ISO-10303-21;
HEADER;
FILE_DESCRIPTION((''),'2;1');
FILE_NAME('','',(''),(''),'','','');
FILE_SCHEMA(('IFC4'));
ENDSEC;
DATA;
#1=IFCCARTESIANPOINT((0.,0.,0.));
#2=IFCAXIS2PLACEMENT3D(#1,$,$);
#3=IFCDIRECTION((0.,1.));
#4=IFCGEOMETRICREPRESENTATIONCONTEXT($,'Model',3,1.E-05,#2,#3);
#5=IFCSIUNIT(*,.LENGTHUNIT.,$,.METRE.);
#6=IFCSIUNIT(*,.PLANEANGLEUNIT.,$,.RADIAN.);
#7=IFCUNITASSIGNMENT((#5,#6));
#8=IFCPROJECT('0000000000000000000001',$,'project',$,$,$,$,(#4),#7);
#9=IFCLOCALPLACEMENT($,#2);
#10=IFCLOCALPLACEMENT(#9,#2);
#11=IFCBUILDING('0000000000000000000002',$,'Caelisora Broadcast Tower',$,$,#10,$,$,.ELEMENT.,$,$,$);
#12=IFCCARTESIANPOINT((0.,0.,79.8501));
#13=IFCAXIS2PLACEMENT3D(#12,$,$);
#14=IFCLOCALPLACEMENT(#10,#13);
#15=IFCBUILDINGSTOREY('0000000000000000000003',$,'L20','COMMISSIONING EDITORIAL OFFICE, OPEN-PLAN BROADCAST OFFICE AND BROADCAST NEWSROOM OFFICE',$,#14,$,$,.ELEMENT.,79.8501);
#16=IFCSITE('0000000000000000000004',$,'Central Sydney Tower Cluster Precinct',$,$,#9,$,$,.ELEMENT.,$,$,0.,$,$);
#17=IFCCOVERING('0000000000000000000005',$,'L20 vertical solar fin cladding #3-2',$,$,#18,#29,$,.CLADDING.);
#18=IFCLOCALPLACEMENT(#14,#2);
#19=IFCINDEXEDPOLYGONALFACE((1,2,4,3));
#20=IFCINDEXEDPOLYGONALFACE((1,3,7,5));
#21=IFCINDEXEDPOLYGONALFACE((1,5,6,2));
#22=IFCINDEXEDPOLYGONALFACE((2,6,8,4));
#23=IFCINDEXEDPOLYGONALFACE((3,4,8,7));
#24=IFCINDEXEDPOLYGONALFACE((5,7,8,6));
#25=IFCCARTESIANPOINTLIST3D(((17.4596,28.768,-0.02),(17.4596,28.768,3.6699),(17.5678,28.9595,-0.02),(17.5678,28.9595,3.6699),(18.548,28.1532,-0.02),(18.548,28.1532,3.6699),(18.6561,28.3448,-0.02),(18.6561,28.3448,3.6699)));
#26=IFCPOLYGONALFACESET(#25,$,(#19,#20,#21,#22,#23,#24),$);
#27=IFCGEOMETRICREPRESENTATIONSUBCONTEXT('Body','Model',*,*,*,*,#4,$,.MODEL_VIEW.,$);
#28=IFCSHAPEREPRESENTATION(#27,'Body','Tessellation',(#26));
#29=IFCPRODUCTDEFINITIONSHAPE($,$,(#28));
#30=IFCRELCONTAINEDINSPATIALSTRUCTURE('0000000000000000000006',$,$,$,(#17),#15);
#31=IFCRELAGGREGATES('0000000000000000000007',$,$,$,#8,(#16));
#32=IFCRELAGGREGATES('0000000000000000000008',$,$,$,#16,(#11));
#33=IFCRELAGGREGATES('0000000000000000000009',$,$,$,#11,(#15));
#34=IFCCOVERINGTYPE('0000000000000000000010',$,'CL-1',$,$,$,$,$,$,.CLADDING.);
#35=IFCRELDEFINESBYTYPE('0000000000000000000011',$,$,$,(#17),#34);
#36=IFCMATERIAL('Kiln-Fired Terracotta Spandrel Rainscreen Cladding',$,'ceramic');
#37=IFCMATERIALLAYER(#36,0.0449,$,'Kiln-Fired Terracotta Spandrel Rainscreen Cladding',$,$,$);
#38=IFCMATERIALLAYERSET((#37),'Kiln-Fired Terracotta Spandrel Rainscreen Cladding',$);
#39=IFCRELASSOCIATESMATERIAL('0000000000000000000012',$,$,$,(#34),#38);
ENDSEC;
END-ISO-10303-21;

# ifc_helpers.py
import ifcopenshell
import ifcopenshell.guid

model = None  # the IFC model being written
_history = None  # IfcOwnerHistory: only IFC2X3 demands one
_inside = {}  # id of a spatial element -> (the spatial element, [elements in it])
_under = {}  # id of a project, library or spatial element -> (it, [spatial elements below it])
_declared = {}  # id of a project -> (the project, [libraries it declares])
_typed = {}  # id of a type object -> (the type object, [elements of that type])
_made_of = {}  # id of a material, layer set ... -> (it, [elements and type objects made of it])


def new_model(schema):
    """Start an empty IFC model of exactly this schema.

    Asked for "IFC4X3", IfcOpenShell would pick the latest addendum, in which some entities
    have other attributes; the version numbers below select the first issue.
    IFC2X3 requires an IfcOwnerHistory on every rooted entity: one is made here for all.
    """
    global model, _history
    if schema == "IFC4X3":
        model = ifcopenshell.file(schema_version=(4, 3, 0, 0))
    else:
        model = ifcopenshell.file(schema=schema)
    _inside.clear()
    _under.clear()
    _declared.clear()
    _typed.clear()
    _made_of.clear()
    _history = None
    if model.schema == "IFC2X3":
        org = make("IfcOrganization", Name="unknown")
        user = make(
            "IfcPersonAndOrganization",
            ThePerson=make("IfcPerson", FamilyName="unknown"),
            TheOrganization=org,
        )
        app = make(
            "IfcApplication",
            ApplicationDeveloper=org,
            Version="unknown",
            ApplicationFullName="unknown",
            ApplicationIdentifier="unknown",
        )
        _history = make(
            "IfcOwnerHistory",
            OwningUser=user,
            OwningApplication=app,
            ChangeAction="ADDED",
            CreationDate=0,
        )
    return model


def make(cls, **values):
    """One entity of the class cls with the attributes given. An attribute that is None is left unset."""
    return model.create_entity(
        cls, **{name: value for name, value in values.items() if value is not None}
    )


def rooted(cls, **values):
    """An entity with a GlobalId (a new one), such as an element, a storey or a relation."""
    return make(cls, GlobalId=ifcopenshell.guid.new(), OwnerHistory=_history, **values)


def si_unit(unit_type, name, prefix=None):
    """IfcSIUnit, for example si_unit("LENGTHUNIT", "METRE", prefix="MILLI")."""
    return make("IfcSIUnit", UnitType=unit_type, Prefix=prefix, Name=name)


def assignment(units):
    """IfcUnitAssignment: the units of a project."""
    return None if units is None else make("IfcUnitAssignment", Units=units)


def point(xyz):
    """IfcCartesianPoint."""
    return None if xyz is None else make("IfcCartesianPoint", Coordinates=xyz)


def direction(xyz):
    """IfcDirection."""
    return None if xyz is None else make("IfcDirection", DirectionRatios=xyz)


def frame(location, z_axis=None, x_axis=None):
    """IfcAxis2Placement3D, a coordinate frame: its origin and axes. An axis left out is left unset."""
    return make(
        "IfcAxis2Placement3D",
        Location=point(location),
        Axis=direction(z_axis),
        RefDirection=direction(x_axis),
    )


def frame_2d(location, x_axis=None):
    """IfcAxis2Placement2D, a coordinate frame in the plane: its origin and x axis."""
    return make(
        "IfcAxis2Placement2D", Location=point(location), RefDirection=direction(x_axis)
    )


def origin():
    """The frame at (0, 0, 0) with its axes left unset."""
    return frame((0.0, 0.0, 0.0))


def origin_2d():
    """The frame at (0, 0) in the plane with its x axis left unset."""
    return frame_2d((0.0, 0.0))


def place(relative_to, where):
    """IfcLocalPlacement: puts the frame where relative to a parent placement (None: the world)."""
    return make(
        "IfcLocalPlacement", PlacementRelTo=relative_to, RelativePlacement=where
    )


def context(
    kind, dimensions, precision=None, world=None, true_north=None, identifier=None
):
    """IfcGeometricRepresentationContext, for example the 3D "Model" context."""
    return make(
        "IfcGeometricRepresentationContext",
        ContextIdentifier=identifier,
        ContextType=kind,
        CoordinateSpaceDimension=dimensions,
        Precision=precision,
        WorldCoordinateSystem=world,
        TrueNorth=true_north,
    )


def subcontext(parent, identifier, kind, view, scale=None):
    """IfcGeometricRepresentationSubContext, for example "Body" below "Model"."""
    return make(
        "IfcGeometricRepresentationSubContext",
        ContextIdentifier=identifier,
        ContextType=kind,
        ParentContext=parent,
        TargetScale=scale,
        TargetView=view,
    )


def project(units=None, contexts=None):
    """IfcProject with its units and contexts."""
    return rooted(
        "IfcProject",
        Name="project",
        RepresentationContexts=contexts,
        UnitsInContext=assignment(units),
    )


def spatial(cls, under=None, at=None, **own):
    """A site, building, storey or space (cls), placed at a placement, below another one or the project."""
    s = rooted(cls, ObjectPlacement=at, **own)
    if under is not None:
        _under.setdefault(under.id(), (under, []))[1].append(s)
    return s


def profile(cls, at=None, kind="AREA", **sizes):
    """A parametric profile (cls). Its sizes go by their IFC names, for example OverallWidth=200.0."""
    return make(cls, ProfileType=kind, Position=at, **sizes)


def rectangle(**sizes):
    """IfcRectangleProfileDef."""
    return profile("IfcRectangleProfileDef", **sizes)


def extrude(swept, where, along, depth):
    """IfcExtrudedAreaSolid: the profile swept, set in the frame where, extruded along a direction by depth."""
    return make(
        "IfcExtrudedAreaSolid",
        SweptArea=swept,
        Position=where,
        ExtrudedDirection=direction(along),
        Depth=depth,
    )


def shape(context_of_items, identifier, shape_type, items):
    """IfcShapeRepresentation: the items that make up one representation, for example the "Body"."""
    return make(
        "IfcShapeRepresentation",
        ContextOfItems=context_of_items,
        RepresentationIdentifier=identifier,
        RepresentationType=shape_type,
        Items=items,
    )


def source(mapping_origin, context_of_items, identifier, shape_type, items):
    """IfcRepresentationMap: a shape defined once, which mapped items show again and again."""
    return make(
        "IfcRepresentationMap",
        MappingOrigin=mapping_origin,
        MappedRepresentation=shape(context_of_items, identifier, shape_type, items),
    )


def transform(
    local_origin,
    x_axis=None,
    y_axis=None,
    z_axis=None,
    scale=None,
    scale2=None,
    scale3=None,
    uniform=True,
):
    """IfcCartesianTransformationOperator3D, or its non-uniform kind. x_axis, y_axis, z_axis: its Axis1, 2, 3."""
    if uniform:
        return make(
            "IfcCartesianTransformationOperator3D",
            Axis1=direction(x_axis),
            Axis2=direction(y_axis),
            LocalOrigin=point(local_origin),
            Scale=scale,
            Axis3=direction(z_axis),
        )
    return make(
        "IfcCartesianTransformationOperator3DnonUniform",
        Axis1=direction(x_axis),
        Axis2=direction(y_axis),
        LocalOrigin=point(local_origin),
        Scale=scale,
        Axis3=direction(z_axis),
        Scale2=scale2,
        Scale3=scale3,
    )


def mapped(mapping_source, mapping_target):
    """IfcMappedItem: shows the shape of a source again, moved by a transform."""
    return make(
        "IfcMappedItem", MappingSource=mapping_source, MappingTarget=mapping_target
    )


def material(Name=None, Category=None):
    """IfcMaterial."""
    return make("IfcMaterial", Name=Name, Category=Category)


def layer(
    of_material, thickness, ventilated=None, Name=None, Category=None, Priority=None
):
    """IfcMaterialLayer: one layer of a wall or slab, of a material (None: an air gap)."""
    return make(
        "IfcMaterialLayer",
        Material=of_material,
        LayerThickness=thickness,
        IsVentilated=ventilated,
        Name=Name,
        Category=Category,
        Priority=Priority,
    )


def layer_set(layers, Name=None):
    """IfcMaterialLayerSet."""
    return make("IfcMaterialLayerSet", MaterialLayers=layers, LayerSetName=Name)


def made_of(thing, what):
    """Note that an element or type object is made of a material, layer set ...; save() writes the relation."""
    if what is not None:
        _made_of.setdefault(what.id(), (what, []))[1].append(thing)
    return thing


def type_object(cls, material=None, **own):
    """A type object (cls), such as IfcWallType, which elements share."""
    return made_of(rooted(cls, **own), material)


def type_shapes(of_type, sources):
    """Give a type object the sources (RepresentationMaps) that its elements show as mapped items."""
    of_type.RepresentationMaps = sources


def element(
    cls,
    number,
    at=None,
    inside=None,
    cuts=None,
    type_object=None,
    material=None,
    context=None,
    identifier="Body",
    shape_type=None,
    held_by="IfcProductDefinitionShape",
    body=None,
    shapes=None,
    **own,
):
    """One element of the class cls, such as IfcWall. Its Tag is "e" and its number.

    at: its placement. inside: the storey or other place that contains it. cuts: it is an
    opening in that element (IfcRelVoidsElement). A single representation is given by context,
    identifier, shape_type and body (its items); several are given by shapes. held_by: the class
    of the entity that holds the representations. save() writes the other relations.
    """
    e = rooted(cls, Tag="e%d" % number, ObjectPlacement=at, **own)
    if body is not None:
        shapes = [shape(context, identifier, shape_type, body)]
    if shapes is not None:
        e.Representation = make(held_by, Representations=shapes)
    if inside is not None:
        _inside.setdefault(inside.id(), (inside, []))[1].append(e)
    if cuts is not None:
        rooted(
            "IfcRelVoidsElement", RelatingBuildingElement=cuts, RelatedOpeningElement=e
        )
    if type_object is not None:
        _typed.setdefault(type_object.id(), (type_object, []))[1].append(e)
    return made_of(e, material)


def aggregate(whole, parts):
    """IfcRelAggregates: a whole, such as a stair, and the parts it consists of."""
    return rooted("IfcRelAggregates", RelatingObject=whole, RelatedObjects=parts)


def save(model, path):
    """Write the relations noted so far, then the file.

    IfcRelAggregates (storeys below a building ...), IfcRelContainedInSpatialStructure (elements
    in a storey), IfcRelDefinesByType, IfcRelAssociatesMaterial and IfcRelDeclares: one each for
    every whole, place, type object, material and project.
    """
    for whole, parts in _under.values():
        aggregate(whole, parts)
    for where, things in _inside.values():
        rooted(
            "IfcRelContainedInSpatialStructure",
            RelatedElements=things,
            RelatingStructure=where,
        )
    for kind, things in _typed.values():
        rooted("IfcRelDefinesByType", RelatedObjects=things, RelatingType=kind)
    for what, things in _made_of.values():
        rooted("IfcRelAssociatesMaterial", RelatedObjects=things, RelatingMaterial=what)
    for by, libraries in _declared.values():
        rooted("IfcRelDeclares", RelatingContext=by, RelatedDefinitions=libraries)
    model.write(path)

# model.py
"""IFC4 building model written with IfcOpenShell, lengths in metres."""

from ifc_helpers import new_model, si_unit, direction, frame, origin, origin_2d, place, context, subcontext, project, spatial, rectangle, extrude, source, transform, mapped, material, layer, layer_set, type_object, type_shapes, element, save


model = new_model("IFC4")

# Units and contexts
model_context = context("Model", 3, precision=1e-05, world=origin(), true_north=direction((0.0, 1.0)))
body_context = subcontext(model_context, "Body", "Model", "MODEL_VIEW")
ifc_project = project(units=[si_unit("LENGTHUNIT", "METRE"), si_unit("PLANEANGLEUNIT", "RADIAN")], contexts=[model_context])

# Site, building, storey
site_placement = place(None, origin())
site = spatial("IfcSite", under=ifc_project, at=site_placement, Name="Central Sydney Tower Cluster Precinct", CompositionType="ELEMENT", RefElevation=0.0)
building_placement = place(site_placement, origin())
building = spatial("IfcBuilding", under=site, at=building_placement, Name="Caelisora Broadcast Tower", CompositionType="ELEMENT")
storey_placement = place(building_placement, frame((0.0, 0.0, 79.8501)))
storey = spatial("IfcBuildingStorey", under=building, at=storey_placement, Name="L20", Description="COMMISSIONING EDITORIAL OFFICE, OPEN-PLAN BROADCAST OFFICE AND BROADCAST NEWSROOM OFFICE", CompositionType="ELEMENT", Elevation=79.8501)

# Covering
ifc_material_1 = material(Name="Kiln-Fired Terracotta Spandrel Rainscreen Cladding", Category="ceramic")
ifc_layer_1 = layer(ifc_material_1, 0.0449, Name="Kiln-Fired Terracotta Spandrel Rainscreen Cladding")
ifc_layer_set_1 = layer_set([ifc_layer_1], Name="Kiln-Fired Terracotta Spandrel Rainscreen Cladding")
covering_type = type_object("IfcCoveringType", Name="CL-1", PredefinedType="CLADDING", material=ifc_layer_set_1)
shared_shape_1 = source(origin(), body_context, "Body", "SweptSolid", [
    extrude(rectangle(XDim=0.22, YDim=1.25, at=origin_2d()), origin(), (0.0, 0.0, 1.0), 3.6899),
])
type_shapes(covering_type, [shared_shape_1])
for number, where, z_axis, x_axis, name in (
    (1, (18.0579, 28.5564, -0.02), (0.0, 0.0, 1.0), (0.491816, 0.870699, 0.0), "L20 vertical solar fin cladding #3-2"),
):
    element("IfcCovering", number, at=place(storey_placement, frame(where, z_axis=z_axis, x_axis=x_axis)), inside=storey, type_object=covering_type, Name=name, PredefinedType="CLADDING", context=body_context, shape_type="MappedRepresentation", body=[
        mapped(shared_shape_1, transform((0.0, 0.0, 0.0), scale=1.0)),
    ])

save(model, "model.ifc")
